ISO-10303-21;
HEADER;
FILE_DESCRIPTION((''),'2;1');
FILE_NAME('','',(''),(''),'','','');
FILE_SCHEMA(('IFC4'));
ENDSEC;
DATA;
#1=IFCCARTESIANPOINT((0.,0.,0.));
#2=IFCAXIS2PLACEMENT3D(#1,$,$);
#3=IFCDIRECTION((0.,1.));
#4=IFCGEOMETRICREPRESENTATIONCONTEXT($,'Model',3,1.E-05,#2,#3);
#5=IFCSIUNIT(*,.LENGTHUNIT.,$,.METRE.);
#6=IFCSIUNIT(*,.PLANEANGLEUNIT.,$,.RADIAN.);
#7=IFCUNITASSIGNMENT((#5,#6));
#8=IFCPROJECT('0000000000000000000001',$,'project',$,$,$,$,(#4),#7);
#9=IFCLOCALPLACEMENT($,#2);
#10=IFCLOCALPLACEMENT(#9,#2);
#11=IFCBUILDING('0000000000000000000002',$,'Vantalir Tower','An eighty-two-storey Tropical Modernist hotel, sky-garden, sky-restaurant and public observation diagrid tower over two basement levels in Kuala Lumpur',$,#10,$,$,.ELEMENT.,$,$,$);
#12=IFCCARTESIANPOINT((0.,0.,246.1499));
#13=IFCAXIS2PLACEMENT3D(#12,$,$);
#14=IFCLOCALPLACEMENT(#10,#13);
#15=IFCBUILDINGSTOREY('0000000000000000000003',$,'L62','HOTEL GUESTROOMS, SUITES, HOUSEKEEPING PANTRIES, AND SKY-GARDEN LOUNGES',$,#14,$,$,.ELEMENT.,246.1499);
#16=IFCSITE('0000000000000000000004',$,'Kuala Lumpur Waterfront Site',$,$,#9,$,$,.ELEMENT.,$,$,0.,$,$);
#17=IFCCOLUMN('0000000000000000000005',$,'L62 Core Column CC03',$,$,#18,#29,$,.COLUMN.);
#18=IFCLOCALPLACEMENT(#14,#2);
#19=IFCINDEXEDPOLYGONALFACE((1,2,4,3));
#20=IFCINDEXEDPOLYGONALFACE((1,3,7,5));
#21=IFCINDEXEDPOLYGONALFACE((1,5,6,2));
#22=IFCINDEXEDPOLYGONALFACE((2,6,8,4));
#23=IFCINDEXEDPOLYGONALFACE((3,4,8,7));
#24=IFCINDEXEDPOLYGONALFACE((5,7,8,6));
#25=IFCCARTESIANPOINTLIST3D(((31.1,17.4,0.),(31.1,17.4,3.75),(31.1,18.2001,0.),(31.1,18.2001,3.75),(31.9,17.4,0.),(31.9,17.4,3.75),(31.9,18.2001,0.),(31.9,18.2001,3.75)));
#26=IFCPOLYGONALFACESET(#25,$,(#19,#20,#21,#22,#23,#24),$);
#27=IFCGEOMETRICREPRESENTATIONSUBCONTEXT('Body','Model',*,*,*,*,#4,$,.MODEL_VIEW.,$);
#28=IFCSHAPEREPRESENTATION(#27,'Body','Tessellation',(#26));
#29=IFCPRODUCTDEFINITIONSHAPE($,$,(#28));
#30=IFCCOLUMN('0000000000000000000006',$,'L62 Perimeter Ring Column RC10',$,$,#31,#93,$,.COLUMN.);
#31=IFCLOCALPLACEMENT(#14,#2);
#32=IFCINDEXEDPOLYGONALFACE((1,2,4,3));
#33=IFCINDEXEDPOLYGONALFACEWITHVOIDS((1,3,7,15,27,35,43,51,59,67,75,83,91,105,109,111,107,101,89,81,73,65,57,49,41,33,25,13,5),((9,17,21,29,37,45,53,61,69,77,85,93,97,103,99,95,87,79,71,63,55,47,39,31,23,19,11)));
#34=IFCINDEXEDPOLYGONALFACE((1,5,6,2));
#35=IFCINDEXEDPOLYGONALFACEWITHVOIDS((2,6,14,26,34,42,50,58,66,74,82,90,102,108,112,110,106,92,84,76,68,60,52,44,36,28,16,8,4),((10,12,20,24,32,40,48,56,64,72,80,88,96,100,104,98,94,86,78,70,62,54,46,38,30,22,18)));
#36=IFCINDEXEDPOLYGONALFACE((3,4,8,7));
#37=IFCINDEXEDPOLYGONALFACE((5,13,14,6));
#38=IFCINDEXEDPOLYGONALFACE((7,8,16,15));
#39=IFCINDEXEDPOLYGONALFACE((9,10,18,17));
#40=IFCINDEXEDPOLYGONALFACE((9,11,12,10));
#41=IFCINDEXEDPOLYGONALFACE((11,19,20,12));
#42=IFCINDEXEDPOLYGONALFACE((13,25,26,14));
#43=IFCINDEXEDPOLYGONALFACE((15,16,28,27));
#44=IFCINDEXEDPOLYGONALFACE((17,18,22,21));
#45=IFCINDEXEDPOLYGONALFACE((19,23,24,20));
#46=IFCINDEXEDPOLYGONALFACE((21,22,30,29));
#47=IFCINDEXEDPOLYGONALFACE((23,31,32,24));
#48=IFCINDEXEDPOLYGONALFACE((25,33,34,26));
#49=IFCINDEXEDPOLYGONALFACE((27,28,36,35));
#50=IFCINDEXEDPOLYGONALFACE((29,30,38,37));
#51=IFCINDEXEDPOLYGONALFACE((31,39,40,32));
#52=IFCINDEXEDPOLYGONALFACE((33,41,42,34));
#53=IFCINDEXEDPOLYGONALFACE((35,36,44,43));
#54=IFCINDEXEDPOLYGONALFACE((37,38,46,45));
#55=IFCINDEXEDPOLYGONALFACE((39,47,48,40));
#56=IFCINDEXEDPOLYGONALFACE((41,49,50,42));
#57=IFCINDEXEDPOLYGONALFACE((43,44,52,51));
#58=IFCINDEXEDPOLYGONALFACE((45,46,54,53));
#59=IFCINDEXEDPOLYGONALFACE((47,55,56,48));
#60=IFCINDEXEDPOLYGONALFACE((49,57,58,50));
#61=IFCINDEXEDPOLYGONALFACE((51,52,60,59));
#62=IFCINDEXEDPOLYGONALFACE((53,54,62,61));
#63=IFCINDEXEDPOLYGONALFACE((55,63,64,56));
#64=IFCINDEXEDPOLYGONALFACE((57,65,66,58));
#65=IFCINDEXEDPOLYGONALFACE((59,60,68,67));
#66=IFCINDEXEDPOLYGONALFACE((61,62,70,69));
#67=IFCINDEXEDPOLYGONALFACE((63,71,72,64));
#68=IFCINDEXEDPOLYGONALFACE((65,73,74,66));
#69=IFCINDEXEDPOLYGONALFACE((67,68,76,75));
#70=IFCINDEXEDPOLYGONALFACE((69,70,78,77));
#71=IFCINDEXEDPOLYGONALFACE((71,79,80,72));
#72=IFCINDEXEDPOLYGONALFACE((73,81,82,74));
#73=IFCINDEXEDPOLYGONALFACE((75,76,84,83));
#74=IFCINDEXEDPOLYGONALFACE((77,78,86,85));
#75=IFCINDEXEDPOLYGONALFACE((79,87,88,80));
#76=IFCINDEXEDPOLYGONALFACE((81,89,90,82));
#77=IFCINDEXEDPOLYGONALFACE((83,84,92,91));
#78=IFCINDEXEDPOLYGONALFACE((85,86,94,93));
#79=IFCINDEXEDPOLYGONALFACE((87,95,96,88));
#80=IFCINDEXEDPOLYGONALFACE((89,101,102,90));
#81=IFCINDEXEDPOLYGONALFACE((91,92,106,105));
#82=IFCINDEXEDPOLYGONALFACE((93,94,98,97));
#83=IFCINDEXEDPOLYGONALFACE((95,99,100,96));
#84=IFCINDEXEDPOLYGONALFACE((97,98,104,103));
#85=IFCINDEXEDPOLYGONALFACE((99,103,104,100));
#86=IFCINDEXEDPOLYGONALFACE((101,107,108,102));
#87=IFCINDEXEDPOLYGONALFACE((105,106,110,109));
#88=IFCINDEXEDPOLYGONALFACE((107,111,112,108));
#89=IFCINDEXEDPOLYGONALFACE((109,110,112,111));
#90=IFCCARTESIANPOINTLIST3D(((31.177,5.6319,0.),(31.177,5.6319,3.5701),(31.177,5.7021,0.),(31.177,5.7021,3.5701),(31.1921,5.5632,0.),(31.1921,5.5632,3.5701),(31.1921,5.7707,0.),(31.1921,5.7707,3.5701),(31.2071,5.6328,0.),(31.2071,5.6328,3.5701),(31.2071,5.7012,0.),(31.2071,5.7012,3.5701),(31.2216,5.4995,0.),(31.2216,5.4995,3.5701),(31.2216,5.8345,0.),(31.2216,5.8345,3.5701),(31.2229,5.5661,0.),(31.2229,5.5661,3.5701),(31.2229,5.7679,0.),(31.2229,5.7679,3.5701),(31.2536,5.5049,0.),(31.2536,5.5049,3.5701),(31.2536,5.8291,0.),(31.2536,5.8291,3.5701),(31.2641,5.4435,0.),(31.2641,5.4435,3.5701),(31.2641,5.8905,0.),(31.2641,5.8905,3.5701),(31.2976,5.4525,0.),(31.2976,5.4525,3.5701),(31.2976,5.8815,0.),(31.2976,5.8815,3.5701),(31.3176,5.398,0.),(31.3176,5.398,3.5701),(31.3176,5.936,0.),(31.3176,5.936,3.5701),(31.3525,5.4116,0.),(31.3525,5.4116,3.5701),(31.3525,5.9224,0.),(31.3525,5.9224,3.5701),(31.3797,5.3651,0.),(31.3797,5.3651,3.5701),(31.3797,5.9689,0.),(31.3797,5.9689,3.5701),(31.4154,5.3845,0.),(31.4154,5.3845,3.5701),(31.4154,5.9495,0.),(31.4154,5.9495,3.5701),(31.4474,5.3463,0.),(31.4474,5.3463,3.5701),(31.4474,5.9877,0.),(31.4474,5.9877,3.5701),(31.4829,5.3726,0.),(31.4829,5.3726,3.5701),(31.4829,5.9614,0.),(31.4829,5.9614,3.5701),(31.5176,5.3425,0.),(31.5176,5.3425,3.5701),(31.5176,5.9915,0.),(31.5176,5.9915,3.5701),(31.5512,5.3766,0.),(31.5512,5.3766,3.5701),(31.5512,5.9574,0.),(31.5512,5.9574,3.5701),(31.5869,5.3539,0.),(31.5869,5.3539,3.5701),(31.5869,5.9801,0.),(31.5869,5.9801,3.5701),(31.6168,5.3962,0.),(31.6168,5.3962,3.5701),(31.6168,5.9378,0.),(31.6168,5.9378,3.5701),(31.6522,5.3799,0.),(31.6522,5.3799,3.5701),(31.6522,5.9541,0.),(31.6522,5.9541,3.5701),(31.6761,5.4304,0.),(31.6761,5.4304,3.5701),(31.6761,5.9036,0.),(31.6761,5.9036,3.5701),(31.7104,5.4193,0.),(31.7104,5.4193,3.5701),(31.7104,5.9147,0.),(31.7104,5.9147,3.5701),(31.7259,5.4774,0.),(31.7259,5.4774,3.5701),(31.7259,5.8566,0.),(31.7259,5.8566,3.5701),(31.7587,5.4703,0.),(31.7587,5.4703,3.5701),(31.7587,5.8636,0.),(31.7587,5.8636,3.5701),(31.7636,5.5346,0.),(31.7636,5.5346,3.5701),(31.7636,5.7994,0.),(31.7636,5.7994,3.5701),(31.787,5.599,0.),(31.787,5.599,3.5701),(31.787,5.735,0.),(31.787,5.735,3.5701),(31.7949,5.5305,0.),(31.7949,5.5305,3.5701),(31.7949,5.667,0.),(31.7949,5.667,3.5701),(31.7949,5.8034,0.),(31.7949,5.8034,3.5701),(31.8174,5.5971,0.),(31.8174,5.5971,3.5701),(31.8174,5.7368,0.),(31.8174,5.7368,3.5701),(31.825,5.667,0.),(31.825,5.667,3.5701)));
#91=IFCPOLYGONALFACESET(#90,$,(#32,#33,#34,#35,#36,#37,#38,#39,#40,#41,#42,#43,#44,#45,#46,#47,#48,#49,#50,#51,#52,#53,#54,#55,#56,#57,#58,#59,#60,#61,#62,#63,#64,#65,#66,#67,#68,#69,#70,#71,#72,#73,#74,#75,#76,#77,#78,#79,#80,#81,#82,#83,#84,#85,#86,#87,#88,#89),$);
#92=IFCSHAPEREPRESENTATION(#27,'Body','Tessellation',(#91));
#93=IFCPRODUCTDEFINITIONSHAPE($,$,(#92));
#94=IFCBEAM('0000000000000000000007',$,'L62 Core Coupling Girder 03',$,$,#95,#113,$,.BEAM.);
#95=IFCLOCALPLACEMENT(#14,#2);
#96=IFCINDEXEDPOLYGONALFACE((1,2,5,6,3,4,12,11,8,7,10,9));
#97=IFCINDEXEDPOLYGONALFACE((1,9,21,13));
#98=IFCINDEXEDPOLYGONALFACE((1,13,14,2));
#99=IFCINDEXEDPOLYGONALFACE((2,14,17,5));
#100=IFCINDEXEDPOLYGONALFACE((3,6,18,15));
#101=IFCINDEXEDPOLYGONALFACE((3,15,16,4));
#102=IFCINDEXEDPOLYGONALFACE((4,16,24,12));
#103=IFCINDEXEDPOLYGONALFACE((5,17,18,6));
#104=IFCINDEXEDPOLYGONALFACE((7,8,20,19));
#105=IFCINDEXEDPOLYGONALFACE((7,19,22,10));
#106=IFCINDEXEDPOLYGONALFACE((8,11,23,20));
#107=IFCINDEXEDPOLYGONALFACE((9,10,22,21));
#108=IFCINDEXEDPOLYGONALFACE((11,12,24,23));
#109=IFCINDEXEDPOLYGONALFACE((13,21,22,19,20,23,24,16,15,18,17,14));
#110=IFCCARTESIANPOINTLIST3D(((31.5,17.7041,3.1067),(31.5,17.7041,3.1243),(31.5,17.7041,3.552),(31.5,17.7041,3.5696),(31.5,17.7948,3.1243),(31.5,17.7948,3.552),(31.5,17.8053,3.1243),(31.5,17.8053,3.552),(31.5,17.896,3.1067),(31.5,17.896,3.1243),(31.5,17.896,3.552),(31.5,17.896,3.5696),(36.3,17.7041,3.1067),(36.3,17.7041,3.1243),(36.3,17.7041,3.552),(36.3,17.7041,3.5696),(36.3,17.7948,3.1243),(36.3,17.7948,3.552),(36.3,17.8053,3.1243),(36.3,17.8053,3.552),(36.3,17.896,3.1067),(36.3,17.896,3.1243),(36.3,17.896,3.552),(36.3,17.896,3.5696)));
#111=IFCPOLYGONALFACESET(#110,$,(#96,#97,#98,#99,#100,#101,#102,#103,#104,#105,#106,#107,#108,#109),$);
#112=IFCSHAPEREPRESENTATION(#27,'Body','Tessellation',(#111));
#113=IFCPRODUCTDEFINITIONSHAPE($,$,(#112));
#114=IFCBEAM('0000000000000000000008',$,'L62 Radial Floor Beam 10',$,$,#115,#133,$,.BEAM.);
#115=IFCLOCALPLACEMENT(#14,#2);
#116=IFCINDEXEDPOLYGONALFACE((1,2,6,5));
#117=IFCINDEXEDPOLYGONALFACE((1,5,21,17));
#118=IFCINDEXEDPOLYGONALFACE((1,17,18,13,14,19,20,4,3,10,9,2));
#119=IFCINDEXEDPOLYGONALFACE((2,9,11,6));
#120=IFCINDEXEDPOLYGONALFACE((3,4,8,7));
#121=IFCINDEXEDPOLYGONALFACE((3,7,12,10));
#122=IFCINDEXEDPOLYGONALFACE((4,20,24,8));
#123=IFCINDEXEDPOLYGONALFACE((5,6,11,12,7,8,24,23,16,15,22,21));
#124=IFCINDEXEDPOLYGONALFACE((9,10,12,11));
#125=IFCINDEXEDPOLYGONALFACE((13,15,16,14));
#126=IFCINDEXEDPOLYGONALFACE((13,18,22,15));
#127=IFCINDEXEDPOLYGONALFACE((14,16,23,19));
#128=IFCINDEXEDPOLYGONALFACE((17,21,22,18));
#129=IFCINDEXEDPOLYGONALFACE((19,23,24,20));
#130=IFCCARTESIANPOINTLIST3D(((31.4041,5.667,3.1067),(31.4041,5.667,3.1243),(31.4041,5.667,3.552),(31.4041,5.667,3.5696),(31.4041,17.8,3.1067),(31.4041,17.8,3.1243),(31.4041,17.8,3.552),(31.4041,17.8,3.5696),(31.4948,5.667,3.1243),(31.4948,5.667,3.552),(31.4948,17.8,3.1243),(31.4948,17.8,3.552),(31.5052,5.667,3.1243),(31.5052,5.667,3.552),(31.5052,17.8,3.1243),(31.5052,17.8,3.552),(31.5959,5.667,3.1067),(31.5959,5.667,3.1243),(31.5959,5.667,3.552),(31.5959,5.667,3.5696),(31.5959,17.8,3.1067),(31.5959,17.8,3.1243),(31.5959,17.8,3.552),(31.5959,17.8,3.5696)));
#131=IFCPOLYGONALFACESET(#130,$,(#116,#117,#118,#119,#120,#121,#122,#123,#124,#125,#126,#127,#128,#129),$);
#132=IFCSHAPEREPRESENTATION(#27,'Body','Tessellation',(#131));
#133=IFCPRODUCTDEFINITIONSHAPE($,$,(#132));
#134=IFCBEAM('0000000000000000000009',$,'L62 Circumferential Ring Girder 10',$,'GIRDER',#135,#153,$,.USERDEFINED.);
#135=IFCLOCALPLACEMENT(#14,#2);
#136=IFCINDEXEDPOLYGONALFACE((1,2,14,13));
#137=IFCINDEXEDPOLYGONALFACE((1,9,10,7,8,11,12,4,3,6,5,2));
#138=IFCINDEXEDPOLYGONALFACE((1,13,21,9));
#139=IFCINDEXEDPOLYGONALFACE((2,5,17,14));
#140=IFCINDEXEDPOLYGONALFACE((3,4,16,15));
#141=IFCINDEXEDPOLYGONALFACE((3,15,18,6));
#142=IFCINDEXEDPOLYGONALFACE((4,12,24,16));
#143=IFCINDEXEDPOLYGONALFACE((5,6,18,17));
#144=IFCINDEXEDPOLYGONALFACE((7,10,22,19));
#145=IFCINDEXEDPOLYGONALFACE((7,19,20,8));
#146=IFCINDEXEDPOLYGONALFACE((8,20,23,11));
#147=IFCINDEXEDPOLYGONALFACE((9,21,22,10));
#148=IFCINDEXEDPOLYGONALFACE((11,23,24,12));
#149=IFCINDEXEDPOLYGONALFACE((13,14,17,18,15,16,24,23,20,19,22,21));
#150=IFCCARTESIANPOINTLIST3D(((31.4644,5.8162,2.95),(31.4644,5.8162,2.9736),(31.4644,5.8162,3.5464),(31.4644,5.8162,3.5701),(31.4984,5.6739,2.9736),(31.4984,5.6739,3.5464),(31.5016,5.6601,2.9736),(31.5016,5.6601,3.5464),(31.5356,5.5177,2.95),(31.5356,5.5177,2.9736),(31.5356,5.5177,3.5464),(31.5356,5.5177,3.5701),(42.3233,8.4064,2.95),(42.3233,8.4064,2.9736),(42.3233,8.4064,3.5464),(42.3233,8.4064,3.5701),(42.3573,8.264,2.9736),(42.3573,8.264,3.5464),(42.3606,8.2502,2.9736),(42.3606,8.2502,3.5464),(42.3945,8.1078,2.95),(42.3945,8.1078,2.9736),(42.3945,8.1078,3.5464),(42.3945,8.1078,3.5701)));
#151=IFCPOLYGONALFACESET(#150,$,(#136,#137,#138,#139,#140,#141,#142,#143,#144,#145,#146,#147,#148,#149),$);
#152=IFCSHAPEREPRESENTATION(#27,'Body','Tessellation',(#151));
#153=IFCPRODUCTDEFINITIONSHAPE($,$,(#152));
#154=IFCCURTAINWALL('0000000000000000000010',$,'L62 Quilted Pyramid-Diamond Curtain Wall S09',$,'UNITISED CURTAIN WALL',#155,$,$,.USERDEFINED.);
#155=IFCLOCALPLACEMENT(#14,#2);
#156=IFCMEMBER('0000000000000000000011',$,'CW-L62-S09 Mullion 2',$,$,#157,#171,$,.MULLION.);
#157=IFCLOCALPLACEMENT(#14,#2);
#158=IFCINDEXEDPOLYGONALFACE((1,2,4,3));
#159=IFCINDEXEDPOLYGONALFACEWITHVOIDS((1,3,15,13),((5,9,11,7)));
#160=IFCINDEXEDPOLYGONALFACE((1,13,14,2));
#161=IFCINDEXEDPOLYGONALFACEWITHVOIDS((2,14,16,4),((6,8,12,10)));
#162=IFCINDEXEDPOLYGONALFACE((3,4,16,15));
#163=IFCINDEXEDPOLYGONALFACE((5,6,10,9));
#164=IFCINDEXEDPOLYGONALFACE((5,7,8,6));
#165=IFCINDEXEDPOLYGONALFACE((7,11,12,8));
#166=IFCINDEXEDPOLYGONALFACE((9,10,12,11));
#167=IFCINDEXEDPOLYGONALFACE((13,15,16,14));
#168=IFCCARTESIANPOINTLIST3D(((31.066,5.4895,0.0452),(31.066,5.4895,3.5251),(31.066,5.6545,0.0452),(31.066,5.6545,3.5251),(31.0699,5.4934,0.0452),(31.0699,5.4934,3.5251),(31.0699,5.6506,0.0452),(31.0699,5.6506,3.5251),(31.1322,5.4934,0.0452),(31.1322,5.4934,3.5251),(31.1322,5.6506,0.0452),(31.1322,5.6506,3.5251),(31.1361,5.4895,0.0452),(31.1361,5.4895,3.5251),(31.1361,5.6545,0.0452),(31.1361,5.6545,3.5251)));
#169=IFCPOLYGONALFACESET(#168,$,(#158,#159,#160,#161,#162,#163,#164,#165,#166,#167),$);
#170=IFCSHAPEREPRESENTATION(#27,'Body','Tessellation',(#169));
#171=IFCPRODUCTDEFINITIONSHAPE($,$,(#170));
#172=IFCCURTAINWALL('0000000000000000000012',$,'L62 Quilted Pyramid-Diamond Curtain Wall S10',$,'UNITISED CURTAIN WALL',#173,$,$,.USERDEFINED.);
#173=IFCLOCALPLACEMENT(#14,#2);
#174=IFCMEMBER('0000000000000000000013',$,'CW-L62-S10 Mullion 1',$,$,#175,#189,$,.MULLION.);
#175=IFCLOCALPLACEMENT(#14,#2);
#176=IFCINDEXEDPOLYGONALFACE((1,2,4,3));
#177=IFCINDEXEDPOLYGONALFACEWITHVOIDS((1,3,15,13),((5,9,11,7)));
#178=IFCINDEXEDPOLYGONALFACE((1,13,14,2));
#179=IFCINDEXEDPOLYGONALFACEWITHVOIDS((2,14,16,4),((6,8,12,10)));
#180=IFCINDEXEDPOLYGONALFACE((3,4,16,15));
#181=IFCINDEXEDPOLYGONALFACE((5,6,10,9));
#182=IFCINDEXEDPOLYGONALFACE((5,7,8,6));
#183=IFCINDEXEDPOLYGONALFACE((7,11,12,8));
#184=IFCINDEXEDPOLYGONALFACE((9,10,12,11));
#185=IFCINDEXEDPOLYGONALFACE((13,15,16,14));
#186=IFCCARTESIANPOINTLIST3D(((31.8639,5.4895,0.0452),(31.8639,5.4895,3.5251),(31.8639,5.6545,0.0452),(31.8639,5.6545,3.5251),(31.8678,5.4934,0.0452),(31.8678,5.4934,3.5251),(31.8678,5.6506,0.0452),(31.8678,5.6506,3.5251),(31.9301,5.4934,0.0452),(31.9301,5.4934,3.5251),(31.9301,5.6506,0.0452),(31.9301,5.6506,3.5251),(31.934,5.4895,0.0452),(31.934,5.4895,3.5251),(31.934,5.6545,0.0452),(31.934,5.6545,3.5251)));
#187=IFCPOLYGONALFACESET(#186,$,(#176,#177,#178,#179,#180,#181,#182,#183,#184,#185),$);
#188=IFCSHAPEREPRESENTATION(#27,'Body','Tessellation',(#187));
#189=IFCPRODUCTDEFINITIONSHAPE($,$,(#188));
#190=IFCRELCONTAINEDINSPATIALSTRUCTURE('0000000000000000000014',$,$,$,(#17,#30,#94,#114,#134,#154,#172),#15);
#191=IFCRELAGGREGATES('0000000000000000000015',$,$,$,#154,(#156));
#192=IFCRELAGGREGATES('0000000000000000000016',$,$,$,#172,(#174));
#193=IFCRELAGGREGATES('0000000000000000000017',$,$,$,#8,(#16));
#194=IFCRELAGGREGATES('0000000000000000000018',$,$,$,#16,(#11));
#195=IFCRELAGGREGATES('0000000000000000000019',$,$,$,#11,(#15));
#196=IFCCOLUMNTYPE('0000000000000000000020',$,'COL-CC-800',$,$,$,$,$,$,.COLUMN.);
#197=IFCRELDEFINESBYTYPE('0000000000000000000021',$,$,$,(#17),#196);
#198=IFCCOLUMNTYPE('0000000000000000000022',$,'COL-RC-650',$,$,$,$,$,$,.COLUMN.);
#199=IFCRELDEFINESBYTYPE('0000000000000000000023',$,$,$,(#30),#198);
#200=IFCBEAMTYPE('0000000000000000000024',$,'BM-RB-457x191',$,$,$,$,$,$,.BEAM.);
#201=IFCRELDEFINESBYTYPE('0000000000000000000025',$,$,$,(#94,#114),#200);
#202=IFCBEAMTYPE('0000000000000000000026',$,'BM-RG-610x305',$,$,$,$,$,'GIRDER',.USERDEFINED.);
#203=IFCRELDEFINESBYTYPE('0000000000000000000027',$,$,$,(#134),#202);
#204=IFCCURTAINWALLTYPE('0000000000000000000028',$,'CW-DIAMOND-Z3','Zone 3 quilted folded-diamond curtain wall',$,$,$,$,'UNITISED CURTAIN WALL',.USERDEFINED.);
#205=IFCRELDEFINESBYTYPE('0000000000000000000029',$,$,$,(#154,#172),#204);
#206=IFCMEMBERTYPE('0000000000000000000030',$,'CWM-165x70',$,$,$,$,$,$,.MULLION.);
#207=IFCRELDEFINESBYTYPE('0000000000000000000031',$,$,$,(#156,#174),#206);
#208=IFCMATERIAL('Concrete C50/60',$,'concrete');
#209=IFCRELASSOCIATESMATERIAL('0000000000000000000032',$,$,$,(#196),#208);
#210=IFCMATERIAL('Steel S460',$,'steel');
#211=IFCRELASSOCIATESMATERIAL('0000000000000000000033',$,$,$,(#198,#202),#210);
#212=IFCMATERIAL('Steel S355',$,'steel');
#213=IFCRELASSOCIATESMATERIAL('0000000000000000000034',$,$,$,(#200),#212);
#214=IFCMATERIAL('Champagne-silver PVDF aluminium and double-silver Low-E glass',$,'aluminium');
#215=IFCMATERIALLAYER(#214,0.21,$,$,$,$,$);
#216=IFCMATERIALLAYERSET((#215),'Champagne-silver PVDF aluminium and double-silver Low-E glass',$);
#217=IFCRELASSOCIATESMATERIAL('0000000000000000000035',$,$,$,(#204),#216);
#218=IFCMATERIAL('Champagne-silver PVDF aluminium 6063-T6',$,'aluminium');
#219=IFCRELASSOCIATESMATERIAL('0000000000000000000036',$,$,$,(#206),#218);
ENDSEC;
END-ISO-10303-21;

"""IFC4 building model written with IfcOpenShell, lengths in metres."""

from ifc_helpers import new_model, si_unit, direction, frame, origin, origin_2d, place, context, subcontext, project, spatial, rectangle, hollow_rectangle, hollow_circle, i_section, extrude, material, layer, layer_set, material_profile, profile_set, type_object, element, aggregate, save


model = new_model("IFC4")

# Units and contexts
model_context = context("Model", 3, precision=1e-05, world=origin(), true_north=direction((0.0, 1.0)))
body_context = subcontext(model_context, "Body", "Model", "MODEL_VIEW")
ifc_project = project(units=[si_unit("LENGTHUNIT", "METRE"), si_unit("PLANEANGLEUNIT", "RADIAN")], contexts=[model_context])

# Site, building, storey
site_placement = place(None, origin())
site = spatial("IfcSite", under=ifc_project, at=site_placement, Name="Kuala Lumpur Waterfront Site", CompositionType="ELEMENT", RefElevation=0.0)
building_placement = place(site_placement, origin())
building = spatial("IfcBuilding", under=site, at=building_placement, Name="Vantalir Tower", Description="An eighty-two-storey Tropical Modernist hotel, sky-garden, sky-restaurant and public observation diagrid tower over two basement levels in Kuala Lumpur", CompositionType="ELEMENT")
storey_placement = place(building_placement, frame((0.0, 0.0, 246.1499)))
storey = spatial("IfcBuildingStorey", under=building, at=storey_placement, Name="L62", Description="HOTEL GUESTROOMS, SUITES, HOUSEKEEPING PANTRIES, AND SKY-GARDEN LOUNGES", CompositionType="ELEMENT", Elevation=246.1499)

# Columns
ifc_material_1 = material(Name="Concrete C50/60", Category="concrete")
ifc_material_profile_1 = material_profile(ifc_material_1, rectangle(XDim=0.8, YDim=0.8, at=origin_2d()), Name="Concrete C50/60")
ifc_profile_set_1 = profile_set([ifc_material_profile_1], Name="Concrete C50/60")
column_type_1 = type_object("IfcColumnType", Name="COL-CC-800", PredefinedType="COLUMN", material=ifc_profile_set_1)
column_1_placement = place(storey_placement, frame((31.5, 17.8, 0.0), z_axis=(0.0, 0.0, 1.0), x_axis=(1.0, 0.0, 0.0)))
element("IfcColumn", 1, at=column_1_placement, inside=storey, type_object=column_type_1, Name="L62 Core Column CC03", PredefinedType="COLUMN", context=body_context, shape_type="SweptSolid", body=[
    extrude(rectangle(XDim=0.8, YDim=0.8, at=origin_2d()), origin(), (0.0, 0.0, 1.0), 3.75),
])
ifc_material_2 = material(Name="Steel S460", Category="steel")
ifc_material_profile_2 = material_profile(ifc_material_2, hollow_circle(Radius=0.325, WallThickness=0.03, at=origin_2d()), Name="Steel S460")
ifc_profile_set_2 = profile_set([ifc_material_profile_2], Name="Steel S460")
column_type_2 = type_object("IfcColumnType", Name="COL-RC-650", PredefinedType="COLUMN", material=ifc_profile_set_2)
column_2_placement = place(storey_placement, frame((31.5, 5.667, 0.0), z_axis=(0.0, 0.0, 1.0), x_axis=(1.0, 0.0, 0.0)))
element("IfcColumn", 2, at=column_2_placement, inside=storey, type_object=column_type_2, Name="L62 Perimeter Ring Column RC10", PredefinedType="COLUMN", context=body_context, shape_type="SweptSolid", body=[
    extrude(hollow_circle(Radius=0.325, WallThickness=0.03, at=origin_2d()), origin(), (0.0, 0.0, 1.0), 3.5701),
])

# Beams
ifc_material_3 = material(Name="Steel S355", Category="steel")
ifc_material_profile_3 = material_profile(ifc_material_3, i_section(OverallWidth=0.1919, OverallDepth=0.4629, WebThickness=0.0105, FlangeThickness=0.0176, at=origin_2d()), Name="Steel S355")
ifc_profile_set_3 = profile_set([ifc_material_profile_3], Name="Steel S355")
beam_type_1 = type_object("IfcBeamType", Name="BM-RB-457x191", PredefinedType="BEAM", material=ifc_profile_set_3)
beam_1_placement = place(storey_placement, frame((31.5, 17.8, 3.3381), z_axis=(1.0, 0.0, 0.0), x_axis=(0.0, 1.0, 0.0)))
element("IfcBeam", 3, at=beam_1_placement, inside=storey, type_object=beam_type_1, Name="L62 Core Coupling Girder 03", PredefinedType="BEAM", context=body_context, shape_type="SweptSolid", body=[
    extrude(i_section(OverallWidth=0.1919, OverallDepth=0.4629, WebThickness=0.0105, FlangeThickness=0.0176, at=origin_2d()), origin(), (0.0, 0.0, 1.0), 4.8),
])
beam_2_placement = place(storey_placement, frame((31.5, 5.667, 3.3381), z_axis=(0.0, 1.0, 0.0), x_axis=(-1.0, 0.0, 0.0)))
element("IfcBeam", 4, at=beam_2_placement, inside=storey, type_object=beam_type_1, Name="L62 Radial Floor Beam 10", PredefinedType="BEAM", context=body_context, shape_type="SweptSolid", body=[
    extrude(i_section(OverallWidth=0.1919, OverallDepth=0.4629, WebThickness=0.0105, FlangeThickness=0.0176, at=origin_2d()), origin(), (0.0, 0.0, 1.0), 12.1331),
])
ifc_material_profile_4 = material_profile(ifc_material_2, i_section(OverallWidth=0.3069, OverallDepth=0.6201, WebThickness=0.0142, FlangeThickness=0.0237, at=origin_2d()), Name="Steel S460")
ifc_profile_set_4 = profile_set([ifc_material_profile_4], Name="Steel S460")
beam_type_2 = type_object("IfcBeamType", Name="BM-RG-610x305", ElementType="GIRDER", PredefinedType="USERDEFINED", material=ifc_profile_set_4)
beam_3_placement = place(storey_placement, frame((31.5, 5.667, 3.26), z_axis=(0.972713, 0.232014, 0.0), x_axis=(-0.232014, 0.972713, 0.0)))
element("IfcBeam", 5, at=beam_3_placement, inside=storey, type_object=beam_type_2, Name="L62 Circumferential Ring Girder 10", ObjectType="GIRDER", PredefinedType="USERDEFINED", context=body_context, shape_type="SweptSolid", body=[
    extrude(i_section(OverallWidth=0.3069, OverallDepth=0.6201, WebThickness=0.0142, FlangeThickness=0.0237, at=origin_2d()), origin(), (0.0, 0.0, 1.0), 11.1636),
])

# Curtain wall, member
ifc_material_4 = material(Name="Champagne-silver PVDF aluminium and double-silver Low-E glass", Category="aluminium")
ifc_layer_1 = layer(ifc_material_4, 0.21)
ifc_layer_set_1 = layer_set([ifc_layer_1], Name="Champagne-silver PVDF aluminium and double-silver Low-E glass")
curtain_wall_type = type_object("IfcCurtainWallType", Name="CW-DIAMOND-Z3", Description="Zone 3 quilted folded-diamond curtain wall", ElementType="UNITISED CURTAIN WALL", PredefinedType="USERDEFINED", material=ifc_layer_set_1)
curtain_wall_1_placement = place(storey_placement, origin())
curtain_wall_1 = element("IfcCurtainWall", 6, at=curtain_wall_1_placement, inside=storey, type_object=curtain_wall_type, Name="L62 Quilted Pyramid-Diamond Curtain Wall S09", ObjectType="UNITISED CURTAIN WALL", PredefinedType="USERDEFINED")
ifc_material_5 = material(Name="Champagne-silver PVDF aluminium 6063-T6", Category="aluminium")
ifc_material_profile_5 = material_profile(ifc_material_5, hollow_rectangle(XDim=0.0701, YDim=0.165, WallThickness=0.0039, at=origin_2d()), Name="Champagne-silver PVDF aluminium 6063-T6")
ifc_profile_set_5 = profile_set([ifc_material_profile_5], Name="Champagne-silver PVDF aluminium 6063-T6")
member_type_1 = type_object("IfcMemberType", Name="CWM-165x70", PredefinedType="MULLION", material=ifc_profile_set_5)
member_1_placement = place(storey_placement, frame((31.1011, 5.572, 0.0452), z_axis=(0.0, 0.0, 1.0), x_axis=(1.0, 0.0, 0.0)))
member_1 = element("IfcMember", 7, at=member_1_placement, type_object=member_type_1, Name="CW-L62-S09 Mullion 2", PredefinedType="MULLION", context=body_context, shape_type="SweptSolid", body=[
    extrude(hollow_rectangle(XDim=0.0701, YDim=0.165, WallThickness=0.0039, at=origin_2d()), origin(), (0.0, 0.0, 1.0), 3.48),
])

# Curtain wall, member
curtain_wall_2_placement = place(storey_placement, origin())
curtain_wall_2 = element("IfcCurtainWall", 8, at=curtain_wall_2_placement, inside=storey, type_object=curtain_wall_type, Name="L62 Quilted Pyramid-Diamond Curtain Wall S10", ObjectType="UNITISED CURTAIN WALL", PredefinedType="USERDEFINED")
member_2_placement = place(storey_placement, frame((31.8989, 5.572, 0.0452), z_axis=(0.0, 0.0, 1.0), x_axis=(1.0, 0.0, 0.0)))
member_2 = element("IfcMember", 9, at=member_2_placement, type_object=member_type_1, Name="CW-L62-S10 Mullion 1", PredefinedType="MULLION", context=body_context, shape_type="SweptSolid", body=[
    extrude(hollow_rectangle(XDim=0.0701, YDim=0.165, WallThickness=0.0039, at=origin_2d()), origin(), (0.0, 0.0, 1.0), 3.48),
])

aggregate(curtain_wall_1, [member_1])
aggregate(curtain_wall_2, [member_2])

save(model, "model.ifc")
